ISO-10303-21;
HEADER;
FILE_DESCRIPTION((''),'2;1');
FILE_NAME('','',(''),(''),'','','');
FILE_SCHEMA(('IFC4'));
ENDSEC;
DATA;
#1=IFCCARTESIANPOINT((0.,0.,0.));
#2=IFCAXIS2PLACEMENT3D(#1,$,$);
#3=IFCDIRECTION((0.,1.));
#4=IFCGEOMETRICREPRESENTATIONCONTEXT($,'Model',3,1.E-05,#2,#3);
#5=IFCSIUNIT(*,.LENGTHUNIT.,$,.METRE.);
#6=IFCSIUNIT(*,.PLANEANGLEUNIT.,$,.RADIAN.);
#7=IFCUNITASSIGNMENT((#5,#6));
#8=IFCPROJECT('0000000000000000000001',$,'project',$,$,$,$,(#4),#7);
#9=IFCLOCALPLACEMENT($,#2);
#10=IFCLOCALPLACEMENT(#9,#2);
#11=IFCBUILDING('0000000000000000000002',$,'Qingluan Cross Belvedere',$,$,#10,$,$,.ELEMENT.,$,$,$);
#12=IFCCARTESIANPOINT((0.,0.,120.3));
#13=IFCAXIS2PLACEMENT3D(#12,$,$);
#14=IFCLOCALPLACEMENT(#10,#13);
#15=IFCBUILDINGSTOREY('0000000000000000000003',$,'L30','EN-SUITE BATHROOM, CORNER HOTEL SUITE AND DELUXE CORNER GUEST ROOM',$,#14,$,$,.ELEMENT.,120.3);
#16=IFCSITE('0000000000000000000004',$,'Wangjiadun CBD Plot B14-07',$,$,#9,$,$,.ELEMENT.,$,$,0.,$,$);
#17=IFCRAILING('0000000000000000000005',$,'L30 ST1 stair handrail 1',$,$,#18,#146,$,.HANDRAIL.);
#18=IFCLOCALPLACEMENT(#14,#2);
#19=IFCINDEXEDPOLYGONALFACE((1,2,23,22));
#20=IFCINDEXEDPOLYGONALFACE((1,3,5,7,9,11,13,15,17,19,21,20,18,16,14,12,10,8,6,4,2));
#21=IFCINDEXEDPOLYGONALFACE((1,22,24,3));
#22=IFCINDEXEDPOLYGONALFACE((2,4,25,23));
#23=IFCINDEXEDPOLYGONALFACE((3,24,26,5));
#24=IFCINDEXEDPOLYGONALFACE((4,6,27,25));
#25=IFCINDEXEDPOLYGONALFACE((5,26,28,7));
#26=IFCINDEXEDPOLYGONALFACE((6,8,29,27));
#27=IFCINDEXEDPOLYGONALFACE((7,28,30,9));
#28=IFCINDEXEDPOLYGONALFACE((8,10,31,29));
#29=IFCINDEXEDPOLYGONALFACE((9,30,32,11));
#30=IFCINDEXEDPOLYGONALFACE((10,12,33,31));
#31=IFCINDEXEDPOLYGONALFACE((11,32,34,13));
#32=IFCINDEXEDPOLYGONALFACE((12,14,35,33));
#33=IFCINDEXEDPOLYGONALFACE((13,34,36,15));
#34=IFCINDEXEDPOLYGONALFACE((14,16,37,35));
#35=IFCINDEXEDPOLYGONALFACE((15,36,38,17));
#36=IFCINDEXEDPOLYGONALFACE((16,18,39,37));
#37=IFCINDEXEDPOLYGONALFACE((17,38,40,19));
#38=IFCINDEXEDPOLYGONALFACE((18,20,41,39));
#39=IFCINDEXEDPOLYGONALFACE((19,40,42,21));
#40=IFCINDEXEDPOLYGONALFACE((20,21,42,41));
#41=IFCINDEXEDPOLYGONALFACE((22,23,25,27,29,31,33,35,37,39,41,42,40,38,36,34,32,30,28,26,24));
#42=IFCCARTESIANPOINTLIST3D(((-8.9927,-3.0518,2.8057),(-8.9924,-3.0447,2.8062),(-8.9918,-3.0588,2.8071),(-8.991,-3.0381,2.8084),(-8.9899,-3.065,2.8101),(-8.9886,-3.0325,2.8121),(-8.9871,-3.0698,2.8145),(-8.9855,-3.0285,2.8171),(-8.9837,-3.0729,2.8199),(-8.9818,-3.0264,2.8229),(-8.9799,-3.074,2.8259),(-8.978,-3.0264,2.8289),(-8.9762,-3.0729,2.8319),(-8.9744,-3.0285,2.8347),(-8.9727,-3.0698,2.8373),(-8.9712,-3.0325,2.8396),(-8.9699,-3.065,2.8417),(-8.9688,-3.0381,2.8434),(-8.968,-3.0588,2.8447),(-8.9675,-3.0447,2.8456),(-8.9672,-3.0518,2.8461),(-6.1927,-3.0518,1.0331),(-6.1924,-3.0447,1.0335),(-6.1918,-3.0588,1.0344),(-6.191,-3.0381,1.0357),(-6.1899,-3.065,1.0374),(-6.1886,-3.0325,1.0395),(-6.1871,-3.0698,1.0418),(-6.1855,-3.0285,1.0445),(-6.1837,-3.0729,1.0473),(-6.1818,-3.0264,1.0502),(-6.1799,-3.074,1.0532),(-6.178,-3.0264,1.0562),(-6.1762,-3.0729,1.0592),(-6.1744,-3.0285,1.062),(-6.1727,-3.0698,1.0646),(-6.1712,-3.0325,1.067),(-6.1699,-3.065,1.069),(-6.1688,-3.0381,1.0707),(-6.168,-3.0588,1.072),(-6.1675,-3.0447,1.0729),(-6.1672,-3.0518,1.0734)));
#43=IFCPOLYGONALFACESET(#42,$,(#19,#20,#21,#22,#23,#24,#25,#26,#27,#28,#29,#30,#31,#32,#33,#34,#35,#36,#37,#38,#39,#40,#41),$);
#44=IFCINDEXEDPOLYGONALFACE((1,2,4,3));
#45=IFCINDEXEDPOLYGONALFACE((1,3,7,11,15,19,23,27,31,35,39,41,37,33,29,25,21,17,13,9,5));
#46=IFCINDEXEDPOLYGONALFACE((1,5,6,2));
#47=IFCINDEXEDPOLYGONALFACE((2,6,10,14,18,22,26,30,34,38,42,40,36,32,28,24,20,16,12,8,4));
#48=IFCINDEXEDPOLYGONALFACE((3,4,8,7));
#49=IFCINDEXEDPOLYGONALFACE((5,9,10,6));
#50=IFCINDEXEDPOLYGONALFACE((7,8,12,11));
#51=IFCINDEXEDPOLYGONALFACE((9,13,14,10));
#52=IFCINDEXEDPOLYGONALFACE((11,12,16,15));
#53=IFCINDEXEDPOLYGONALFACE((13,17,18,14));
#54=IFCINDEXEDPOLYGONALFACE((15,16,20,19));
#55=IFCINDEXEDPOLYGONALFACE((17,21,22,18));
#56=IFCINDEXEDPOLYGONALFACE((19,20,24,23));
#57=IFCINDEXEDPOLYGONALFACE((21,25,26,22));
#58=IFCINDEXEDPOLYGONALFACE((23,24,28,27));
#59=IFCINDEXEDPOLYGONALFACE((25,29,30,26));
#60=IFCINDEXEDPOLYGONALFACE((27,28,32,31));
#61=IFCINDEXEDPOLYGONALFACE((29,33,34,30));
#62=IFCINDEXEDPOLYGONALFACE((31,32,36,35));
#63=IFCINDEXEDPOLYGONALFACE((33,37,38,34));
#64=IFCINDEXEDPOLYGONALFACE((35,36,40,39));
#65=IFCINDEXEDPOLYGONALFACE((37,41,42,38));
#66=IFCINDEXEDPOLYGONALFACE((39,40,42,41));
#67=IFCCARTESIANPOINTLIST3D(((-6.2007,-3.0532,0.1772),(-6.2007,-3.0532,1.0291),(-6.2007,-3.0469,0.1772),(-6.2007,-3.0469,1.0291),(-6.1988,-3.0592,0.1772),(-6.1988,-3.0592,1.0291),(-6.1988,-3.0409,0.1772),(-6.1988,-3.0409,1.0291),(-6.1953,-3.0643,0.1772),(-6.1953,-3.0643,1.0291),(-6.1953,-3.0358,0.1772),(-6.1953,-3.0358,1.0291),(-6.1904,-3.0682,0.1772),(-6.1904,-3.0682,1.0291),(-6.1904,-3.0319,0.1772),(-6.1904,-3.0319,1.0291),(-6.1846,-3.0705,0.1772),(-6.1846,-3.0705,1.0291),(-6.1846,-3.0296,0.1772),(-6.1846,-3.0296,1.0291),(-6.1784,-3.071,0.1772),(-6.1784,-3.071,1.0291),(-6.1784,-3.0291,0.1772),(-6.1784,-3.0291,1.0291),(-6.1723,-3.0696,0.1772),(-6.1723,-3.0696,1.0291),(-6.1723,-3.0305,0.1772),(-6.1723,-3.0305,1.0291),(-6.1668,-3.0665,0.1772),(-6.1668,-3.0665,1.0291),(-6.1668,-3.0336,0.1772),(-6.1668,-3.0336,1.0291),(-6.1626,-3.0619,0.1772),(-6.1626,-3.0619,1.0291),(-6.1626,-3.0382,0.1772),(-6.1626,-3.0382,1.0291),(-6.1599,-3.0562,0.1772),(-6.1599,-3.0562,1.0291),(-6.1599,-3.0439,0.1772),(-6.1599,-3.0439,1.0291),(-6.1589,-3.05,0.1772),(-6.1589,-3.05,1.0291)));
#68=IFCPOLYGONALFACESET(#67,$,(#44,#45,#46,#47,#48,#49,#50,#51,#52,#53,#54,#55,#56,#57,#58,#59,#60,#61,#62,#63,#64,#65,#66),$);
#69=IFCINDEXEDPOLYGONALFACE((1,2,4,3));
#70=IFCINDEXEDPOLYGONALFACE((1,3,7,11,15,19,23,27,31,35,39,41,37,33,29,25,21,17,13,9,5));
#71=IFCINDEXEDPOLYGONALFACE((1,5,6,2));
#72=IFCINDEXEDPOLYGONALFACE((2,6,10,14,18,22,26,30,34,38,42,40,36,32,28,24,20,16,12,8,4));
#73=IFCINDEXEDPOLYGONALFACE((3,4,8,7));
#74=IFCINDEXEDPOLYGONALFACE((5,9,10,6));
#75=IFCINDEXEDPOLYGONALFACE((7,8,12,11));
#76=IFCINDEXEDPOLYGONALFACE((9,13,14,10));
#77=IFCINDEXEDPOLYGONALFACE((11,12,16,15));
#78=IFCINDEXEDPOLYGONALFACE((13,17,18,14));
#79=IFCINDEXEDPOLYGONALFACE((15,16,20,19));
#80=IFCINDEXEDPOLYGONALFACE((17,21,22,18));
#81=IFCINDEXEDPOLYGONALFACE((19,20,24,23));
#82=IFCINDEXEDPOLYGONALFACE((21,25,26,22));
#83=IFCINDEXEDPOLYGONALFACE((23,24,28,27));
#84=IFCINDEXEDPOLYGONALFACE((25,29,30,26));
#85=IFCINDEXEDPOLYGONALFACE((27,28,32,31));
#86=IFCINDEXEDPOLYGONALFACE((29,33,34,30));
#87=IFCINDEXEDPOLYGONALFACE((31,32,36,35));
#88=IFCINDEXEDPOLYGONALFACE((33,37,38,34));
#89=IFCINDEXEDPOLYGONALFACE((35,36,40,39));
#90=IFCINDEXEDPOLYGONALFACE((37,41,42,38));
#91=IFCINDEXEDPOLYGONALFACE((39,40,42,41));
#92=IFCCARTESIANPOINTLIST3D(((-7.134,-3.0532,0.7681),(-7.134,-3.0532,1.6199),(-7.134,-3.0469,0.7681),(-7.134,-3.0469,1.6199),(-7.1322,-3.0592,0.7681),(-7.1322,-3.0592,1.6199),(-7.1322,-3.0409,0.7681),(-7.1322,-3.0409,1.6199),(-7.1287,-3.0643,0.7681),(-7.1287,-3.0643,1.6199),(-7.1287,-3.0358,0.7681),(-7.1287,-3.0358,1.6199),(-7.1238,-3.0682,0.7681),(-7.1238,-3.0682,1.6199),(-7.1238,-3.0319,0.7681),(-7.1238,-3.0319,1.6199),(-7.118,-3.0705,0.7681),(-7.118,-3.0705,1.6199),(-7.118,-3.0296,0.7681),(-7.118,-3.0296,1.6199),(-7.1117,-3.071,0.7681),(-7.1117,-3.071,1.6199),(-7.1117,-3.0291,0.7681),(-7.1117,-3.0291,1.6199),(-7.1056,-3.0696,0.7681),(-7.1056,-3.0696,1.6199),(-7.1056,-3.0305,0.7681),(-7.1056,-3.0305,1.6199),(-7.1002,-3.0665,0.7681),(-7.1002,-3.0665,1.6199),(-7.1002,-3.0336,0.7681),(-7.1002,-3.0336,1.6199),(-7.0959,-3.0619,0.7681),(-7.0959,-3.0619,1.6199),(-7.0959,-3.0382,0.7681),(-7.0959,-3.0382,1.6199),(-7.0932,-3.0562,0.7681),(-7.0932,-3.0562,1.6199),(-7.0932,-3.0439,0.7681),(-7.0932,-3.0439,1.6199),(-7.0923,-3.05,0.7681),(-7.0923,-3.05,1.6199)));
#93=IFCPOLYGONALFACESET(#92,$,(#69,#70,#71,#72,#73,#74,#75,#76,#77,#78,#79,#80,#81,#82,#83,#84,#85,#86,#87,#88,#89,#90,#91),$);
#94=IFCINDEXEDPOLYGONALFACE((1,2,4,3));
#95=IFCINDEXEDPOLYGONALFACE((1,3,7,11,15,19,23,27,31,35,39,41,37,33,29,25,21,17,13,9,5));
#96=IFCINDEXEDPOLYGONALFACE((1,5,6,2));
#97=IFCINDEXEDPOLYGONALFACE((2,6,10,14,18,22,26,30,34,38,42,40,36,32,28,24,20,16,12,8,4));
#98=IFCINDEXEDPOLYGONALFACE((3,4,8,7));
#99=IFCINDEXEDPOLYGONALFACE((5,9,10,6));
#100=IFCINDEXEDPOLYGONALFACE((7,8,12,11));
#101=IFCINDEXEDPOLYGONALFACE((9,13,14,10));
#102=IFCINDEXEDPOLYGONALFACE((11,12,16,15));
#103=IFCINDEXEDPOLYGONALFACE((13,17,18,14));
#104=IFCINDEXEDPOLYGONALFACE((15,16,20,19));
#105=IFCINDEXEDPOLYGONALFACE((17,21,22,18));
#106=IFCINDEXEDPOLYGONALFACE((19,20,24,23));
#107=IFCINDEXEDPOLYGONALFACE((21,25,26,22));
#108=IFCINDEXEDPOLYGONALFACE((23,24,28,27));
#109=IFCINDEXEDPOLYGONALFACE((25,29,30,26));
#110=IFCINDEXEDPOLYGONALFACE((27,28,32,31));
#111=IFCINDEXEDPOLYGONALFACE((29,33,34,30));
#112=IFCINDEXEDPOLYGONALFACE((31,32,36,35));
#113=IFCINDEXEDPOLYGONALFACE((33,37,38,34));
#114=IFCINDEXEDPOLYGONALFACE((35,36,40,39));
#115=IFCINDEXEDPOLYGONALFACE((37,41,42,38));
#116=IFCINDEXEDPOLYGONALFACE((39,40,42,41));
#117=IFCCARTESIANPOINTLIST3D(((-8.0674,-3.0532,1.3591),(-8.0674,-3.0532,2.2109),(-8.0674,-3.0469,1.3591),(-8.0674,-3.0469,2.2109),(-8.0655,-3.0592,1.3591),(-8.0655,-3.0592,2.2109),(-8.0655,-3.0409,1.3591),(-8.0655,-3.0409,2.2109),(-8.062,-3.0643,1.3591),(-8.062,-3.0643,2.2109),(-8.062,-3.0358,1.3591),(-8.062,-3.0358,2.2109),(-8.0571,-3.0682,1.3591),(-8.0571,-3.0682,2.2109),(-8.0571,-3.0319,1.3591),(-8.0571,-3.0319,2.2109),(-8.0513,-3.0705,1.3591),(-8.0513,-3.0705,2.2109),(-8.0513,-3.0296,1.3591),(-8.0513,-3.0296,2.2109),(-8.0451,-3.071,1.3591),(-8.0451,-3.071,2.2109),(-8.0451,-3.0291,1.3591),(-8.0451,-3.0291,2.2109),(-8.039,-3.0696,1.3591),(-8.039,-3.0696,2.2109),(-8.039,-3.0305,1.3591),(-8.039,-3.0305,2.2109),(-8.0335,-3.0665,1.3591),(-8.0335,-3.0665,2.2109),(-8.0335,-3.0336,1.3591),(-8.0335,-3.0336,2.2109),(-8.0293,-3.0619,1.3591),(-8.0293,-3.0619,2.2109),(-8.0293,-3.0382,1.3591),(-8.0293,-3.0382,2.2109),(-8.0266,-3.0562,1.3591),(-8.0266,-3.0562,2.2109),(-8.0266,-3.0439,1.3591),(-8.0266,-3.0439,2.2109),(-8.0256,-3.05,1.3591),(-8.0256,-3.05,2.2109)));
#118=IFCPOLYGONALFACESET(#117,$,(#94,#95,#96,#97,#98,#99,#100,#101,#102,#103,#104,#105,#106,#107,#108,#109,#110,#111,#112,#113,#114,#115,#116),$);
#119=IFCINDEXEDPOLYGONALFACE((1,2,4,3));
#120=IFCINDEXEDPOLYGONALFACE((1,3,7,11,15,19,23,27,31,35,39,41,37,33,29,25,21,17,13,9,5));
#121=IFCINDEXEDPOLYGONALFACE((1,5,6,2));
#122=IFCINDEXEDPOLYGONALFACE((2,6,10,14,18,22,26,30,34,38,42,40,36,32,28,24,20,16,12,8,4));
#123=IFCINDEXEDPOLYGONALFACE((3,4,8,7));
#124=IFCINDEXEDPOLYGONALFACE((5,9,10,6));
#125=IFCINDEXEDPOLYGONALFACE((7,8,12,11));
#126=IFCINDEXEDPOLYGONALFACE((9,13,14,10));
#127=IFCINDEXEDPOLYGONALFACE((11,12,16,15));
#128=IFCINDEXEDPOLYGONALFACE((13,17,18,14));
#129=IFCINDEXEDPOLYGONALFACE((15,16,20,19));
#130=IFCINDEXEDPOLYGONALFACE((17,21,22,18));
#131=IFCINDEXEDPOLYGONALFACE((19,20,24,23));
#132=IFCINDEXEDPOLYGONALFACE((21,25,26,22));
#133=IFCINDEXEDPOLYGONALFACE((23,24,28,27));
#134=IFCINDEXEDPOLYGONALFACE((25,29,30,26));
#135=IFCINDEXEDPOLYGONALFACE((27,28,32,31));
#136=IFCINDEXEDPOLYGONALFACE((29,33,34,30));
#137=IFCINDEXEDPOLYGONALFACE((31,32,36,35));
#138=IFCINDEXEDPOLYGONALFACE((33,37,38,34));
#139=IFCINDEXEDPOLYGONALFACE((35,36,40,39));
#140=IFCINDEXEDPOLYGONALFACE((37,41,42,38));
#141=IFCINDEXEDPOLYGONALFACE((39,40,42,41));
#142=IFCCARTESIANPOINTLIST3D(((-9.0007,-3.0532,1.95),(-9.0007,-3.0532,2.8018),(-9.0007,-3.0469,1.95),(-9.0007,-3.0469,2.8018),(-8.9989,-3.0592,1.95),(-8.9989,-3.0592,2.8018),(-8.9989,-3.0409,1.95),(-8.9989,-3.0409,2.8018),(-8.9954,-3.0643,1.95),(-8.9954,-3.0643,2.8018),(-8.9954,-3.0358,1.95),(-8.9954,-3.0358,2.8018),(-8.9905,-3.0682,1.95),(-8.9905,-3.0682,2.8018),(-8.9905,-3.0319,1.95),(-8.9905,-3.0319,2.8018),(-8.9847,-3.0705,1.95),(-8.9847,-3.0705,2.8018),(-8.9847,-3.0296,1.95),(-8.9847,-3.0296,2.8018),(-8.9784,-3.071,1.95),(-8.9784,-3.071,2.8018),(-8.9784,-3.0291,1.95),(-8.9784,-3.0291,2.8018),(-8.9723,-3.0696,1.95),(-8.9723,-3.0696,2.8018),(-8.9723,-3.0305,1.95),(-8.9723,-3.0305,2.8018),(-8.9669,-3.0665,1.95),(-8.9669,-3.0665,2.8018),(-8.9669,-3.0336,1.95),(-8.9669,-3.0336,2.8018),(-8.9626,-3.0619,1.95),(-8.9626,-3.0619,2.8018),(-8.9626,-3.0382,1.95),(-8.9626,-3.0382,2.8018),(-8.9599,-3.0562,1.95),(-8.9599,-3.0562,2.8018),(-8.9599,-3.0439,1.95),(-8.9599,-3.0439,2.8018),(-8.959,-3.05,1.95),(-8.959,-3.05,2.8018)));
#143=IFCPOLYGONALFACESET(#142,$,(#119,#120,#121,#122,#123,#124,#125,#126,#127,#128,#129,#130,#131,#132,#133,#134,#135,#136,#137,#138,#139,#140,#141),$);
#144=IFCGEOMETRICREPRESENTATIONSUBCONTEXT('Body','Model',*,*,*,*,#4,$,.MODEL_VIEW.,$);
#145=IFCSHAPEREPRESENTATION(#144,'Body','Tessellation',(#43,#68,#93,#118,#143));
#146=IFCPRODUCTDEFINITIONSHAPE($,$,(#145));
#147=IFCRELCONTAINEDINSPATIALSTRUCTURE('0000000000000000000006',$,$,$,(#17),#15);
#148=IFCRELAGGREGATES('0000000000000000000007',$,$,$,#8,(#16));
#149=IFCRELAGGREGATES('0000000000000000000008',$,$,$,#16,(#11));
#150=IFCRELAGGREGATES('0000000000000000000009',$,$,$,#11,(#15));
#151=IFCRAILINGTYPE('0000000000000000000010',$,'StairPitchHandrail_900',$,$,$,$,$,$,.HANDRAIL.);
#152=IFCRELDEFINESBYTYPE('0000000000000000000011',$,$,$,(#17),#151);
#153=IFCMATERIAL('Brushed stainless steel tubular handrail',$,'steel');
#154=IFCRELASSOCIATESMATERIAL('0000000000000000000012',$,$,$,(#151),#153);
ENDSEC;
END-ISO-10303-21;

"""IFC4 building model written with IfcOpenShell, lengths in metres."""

from ifc_helpers import new_model, si_unit, direction, frame, origin, origin_2d, place, context, subcontext, project, spatial, circle, extrude, material, type_object, element, save


model = new_model("IFC4")

# Units and contexts
model_context = context("Model", 3, precision=1e-05, world=origin(), true_north=direction((0.0, 1.0)))
body_context = subcontext(model_context, "Body", "Model", "MODEL_VIEW")
ifc_project = project(units=[si_unit("LENGTHUNIT", "METRE"), si_unit("PLANEANGLEUNIT", "RADIAN")], contexts=[model_context])

# Site, building, storey
site_placement = place(None, origin())
site = spatial("IfcSite", under=ifc_project, at=site_placement, Name="Wangjiadun CBD Plot B14-07", CompositionType="ELEMENT", RefElevation=0.0)
building_placement = place(site_placement, origin())
building = spatial("IfcBuilding", under=site, at=building_placement, Name="Qingluan Cross Belvedere", CompositionType="ELEMENT")
storey_placement = place(building_placement, frame((0.0, 0.0, 120.3)))
storey = spatial("IfcBuildingStorey", under=building, at=storey_placement, Name="L30", Description="EN-SUITE BATHROOM, CORNER HOTEL SUITE AND DELUXE CORNER GUEST ROOM", CompositionType="ELEMENT", Elevation=120.3)

# Railing
ifc_material_1 = material(Name="Brushed stainless steel tubular handrail", Category="steel")
railing_type_1 = type_object("IfcRailingType", Name="StairPitchHandrail_900", PredefinedType="HANDRAIL", material=ifc_material_1)
railing_1_placement = place(storey_placement, frame((-6.1799, -3.05, 0.1772)))
element("IfcRailing", 1, at=railing_1_placement, inside=storey, type_object=railing_type_1, Name="L30 ST1 stair handrail 1", PredefinedType="HANDRAIL", context=body_context, shape_type="SweptSolid", body=[
    extrude(circle(Radius=0.0239, at=origin_2d()), frame((0.0, 0.0, 0.876), z_axis=(-0.844909, 0.0, 0.53491), x_axis=(0.0, -1.0, 0.0)), (0.0, 0.0, 1.0), 3.314),
    extrude(circle(Radius=0.021, at=origin_2d()), origin(), (0.0, 0.0, 1.0), 0.8518),
    extrude(circle(Radius=0.021, at=origin_2d()), frame((-0.9333, 0.0, 0.5908)), (0.0, 0.0, 1.0), 0.8518),
    extrude(circle(Radius=0.021, at=origin_2d()), frame((-1.8667, 0.0, 1.1819)), (0.0, 0.0, 1.0), 0.8518),
    extrude(circle(Radius=0.021, at=origin_2d()), frame((-2.8, 0.0, 1.7727)), (0.0, 0.0, 1.0), 0.8518),
])

save(model, "model.ifc")
